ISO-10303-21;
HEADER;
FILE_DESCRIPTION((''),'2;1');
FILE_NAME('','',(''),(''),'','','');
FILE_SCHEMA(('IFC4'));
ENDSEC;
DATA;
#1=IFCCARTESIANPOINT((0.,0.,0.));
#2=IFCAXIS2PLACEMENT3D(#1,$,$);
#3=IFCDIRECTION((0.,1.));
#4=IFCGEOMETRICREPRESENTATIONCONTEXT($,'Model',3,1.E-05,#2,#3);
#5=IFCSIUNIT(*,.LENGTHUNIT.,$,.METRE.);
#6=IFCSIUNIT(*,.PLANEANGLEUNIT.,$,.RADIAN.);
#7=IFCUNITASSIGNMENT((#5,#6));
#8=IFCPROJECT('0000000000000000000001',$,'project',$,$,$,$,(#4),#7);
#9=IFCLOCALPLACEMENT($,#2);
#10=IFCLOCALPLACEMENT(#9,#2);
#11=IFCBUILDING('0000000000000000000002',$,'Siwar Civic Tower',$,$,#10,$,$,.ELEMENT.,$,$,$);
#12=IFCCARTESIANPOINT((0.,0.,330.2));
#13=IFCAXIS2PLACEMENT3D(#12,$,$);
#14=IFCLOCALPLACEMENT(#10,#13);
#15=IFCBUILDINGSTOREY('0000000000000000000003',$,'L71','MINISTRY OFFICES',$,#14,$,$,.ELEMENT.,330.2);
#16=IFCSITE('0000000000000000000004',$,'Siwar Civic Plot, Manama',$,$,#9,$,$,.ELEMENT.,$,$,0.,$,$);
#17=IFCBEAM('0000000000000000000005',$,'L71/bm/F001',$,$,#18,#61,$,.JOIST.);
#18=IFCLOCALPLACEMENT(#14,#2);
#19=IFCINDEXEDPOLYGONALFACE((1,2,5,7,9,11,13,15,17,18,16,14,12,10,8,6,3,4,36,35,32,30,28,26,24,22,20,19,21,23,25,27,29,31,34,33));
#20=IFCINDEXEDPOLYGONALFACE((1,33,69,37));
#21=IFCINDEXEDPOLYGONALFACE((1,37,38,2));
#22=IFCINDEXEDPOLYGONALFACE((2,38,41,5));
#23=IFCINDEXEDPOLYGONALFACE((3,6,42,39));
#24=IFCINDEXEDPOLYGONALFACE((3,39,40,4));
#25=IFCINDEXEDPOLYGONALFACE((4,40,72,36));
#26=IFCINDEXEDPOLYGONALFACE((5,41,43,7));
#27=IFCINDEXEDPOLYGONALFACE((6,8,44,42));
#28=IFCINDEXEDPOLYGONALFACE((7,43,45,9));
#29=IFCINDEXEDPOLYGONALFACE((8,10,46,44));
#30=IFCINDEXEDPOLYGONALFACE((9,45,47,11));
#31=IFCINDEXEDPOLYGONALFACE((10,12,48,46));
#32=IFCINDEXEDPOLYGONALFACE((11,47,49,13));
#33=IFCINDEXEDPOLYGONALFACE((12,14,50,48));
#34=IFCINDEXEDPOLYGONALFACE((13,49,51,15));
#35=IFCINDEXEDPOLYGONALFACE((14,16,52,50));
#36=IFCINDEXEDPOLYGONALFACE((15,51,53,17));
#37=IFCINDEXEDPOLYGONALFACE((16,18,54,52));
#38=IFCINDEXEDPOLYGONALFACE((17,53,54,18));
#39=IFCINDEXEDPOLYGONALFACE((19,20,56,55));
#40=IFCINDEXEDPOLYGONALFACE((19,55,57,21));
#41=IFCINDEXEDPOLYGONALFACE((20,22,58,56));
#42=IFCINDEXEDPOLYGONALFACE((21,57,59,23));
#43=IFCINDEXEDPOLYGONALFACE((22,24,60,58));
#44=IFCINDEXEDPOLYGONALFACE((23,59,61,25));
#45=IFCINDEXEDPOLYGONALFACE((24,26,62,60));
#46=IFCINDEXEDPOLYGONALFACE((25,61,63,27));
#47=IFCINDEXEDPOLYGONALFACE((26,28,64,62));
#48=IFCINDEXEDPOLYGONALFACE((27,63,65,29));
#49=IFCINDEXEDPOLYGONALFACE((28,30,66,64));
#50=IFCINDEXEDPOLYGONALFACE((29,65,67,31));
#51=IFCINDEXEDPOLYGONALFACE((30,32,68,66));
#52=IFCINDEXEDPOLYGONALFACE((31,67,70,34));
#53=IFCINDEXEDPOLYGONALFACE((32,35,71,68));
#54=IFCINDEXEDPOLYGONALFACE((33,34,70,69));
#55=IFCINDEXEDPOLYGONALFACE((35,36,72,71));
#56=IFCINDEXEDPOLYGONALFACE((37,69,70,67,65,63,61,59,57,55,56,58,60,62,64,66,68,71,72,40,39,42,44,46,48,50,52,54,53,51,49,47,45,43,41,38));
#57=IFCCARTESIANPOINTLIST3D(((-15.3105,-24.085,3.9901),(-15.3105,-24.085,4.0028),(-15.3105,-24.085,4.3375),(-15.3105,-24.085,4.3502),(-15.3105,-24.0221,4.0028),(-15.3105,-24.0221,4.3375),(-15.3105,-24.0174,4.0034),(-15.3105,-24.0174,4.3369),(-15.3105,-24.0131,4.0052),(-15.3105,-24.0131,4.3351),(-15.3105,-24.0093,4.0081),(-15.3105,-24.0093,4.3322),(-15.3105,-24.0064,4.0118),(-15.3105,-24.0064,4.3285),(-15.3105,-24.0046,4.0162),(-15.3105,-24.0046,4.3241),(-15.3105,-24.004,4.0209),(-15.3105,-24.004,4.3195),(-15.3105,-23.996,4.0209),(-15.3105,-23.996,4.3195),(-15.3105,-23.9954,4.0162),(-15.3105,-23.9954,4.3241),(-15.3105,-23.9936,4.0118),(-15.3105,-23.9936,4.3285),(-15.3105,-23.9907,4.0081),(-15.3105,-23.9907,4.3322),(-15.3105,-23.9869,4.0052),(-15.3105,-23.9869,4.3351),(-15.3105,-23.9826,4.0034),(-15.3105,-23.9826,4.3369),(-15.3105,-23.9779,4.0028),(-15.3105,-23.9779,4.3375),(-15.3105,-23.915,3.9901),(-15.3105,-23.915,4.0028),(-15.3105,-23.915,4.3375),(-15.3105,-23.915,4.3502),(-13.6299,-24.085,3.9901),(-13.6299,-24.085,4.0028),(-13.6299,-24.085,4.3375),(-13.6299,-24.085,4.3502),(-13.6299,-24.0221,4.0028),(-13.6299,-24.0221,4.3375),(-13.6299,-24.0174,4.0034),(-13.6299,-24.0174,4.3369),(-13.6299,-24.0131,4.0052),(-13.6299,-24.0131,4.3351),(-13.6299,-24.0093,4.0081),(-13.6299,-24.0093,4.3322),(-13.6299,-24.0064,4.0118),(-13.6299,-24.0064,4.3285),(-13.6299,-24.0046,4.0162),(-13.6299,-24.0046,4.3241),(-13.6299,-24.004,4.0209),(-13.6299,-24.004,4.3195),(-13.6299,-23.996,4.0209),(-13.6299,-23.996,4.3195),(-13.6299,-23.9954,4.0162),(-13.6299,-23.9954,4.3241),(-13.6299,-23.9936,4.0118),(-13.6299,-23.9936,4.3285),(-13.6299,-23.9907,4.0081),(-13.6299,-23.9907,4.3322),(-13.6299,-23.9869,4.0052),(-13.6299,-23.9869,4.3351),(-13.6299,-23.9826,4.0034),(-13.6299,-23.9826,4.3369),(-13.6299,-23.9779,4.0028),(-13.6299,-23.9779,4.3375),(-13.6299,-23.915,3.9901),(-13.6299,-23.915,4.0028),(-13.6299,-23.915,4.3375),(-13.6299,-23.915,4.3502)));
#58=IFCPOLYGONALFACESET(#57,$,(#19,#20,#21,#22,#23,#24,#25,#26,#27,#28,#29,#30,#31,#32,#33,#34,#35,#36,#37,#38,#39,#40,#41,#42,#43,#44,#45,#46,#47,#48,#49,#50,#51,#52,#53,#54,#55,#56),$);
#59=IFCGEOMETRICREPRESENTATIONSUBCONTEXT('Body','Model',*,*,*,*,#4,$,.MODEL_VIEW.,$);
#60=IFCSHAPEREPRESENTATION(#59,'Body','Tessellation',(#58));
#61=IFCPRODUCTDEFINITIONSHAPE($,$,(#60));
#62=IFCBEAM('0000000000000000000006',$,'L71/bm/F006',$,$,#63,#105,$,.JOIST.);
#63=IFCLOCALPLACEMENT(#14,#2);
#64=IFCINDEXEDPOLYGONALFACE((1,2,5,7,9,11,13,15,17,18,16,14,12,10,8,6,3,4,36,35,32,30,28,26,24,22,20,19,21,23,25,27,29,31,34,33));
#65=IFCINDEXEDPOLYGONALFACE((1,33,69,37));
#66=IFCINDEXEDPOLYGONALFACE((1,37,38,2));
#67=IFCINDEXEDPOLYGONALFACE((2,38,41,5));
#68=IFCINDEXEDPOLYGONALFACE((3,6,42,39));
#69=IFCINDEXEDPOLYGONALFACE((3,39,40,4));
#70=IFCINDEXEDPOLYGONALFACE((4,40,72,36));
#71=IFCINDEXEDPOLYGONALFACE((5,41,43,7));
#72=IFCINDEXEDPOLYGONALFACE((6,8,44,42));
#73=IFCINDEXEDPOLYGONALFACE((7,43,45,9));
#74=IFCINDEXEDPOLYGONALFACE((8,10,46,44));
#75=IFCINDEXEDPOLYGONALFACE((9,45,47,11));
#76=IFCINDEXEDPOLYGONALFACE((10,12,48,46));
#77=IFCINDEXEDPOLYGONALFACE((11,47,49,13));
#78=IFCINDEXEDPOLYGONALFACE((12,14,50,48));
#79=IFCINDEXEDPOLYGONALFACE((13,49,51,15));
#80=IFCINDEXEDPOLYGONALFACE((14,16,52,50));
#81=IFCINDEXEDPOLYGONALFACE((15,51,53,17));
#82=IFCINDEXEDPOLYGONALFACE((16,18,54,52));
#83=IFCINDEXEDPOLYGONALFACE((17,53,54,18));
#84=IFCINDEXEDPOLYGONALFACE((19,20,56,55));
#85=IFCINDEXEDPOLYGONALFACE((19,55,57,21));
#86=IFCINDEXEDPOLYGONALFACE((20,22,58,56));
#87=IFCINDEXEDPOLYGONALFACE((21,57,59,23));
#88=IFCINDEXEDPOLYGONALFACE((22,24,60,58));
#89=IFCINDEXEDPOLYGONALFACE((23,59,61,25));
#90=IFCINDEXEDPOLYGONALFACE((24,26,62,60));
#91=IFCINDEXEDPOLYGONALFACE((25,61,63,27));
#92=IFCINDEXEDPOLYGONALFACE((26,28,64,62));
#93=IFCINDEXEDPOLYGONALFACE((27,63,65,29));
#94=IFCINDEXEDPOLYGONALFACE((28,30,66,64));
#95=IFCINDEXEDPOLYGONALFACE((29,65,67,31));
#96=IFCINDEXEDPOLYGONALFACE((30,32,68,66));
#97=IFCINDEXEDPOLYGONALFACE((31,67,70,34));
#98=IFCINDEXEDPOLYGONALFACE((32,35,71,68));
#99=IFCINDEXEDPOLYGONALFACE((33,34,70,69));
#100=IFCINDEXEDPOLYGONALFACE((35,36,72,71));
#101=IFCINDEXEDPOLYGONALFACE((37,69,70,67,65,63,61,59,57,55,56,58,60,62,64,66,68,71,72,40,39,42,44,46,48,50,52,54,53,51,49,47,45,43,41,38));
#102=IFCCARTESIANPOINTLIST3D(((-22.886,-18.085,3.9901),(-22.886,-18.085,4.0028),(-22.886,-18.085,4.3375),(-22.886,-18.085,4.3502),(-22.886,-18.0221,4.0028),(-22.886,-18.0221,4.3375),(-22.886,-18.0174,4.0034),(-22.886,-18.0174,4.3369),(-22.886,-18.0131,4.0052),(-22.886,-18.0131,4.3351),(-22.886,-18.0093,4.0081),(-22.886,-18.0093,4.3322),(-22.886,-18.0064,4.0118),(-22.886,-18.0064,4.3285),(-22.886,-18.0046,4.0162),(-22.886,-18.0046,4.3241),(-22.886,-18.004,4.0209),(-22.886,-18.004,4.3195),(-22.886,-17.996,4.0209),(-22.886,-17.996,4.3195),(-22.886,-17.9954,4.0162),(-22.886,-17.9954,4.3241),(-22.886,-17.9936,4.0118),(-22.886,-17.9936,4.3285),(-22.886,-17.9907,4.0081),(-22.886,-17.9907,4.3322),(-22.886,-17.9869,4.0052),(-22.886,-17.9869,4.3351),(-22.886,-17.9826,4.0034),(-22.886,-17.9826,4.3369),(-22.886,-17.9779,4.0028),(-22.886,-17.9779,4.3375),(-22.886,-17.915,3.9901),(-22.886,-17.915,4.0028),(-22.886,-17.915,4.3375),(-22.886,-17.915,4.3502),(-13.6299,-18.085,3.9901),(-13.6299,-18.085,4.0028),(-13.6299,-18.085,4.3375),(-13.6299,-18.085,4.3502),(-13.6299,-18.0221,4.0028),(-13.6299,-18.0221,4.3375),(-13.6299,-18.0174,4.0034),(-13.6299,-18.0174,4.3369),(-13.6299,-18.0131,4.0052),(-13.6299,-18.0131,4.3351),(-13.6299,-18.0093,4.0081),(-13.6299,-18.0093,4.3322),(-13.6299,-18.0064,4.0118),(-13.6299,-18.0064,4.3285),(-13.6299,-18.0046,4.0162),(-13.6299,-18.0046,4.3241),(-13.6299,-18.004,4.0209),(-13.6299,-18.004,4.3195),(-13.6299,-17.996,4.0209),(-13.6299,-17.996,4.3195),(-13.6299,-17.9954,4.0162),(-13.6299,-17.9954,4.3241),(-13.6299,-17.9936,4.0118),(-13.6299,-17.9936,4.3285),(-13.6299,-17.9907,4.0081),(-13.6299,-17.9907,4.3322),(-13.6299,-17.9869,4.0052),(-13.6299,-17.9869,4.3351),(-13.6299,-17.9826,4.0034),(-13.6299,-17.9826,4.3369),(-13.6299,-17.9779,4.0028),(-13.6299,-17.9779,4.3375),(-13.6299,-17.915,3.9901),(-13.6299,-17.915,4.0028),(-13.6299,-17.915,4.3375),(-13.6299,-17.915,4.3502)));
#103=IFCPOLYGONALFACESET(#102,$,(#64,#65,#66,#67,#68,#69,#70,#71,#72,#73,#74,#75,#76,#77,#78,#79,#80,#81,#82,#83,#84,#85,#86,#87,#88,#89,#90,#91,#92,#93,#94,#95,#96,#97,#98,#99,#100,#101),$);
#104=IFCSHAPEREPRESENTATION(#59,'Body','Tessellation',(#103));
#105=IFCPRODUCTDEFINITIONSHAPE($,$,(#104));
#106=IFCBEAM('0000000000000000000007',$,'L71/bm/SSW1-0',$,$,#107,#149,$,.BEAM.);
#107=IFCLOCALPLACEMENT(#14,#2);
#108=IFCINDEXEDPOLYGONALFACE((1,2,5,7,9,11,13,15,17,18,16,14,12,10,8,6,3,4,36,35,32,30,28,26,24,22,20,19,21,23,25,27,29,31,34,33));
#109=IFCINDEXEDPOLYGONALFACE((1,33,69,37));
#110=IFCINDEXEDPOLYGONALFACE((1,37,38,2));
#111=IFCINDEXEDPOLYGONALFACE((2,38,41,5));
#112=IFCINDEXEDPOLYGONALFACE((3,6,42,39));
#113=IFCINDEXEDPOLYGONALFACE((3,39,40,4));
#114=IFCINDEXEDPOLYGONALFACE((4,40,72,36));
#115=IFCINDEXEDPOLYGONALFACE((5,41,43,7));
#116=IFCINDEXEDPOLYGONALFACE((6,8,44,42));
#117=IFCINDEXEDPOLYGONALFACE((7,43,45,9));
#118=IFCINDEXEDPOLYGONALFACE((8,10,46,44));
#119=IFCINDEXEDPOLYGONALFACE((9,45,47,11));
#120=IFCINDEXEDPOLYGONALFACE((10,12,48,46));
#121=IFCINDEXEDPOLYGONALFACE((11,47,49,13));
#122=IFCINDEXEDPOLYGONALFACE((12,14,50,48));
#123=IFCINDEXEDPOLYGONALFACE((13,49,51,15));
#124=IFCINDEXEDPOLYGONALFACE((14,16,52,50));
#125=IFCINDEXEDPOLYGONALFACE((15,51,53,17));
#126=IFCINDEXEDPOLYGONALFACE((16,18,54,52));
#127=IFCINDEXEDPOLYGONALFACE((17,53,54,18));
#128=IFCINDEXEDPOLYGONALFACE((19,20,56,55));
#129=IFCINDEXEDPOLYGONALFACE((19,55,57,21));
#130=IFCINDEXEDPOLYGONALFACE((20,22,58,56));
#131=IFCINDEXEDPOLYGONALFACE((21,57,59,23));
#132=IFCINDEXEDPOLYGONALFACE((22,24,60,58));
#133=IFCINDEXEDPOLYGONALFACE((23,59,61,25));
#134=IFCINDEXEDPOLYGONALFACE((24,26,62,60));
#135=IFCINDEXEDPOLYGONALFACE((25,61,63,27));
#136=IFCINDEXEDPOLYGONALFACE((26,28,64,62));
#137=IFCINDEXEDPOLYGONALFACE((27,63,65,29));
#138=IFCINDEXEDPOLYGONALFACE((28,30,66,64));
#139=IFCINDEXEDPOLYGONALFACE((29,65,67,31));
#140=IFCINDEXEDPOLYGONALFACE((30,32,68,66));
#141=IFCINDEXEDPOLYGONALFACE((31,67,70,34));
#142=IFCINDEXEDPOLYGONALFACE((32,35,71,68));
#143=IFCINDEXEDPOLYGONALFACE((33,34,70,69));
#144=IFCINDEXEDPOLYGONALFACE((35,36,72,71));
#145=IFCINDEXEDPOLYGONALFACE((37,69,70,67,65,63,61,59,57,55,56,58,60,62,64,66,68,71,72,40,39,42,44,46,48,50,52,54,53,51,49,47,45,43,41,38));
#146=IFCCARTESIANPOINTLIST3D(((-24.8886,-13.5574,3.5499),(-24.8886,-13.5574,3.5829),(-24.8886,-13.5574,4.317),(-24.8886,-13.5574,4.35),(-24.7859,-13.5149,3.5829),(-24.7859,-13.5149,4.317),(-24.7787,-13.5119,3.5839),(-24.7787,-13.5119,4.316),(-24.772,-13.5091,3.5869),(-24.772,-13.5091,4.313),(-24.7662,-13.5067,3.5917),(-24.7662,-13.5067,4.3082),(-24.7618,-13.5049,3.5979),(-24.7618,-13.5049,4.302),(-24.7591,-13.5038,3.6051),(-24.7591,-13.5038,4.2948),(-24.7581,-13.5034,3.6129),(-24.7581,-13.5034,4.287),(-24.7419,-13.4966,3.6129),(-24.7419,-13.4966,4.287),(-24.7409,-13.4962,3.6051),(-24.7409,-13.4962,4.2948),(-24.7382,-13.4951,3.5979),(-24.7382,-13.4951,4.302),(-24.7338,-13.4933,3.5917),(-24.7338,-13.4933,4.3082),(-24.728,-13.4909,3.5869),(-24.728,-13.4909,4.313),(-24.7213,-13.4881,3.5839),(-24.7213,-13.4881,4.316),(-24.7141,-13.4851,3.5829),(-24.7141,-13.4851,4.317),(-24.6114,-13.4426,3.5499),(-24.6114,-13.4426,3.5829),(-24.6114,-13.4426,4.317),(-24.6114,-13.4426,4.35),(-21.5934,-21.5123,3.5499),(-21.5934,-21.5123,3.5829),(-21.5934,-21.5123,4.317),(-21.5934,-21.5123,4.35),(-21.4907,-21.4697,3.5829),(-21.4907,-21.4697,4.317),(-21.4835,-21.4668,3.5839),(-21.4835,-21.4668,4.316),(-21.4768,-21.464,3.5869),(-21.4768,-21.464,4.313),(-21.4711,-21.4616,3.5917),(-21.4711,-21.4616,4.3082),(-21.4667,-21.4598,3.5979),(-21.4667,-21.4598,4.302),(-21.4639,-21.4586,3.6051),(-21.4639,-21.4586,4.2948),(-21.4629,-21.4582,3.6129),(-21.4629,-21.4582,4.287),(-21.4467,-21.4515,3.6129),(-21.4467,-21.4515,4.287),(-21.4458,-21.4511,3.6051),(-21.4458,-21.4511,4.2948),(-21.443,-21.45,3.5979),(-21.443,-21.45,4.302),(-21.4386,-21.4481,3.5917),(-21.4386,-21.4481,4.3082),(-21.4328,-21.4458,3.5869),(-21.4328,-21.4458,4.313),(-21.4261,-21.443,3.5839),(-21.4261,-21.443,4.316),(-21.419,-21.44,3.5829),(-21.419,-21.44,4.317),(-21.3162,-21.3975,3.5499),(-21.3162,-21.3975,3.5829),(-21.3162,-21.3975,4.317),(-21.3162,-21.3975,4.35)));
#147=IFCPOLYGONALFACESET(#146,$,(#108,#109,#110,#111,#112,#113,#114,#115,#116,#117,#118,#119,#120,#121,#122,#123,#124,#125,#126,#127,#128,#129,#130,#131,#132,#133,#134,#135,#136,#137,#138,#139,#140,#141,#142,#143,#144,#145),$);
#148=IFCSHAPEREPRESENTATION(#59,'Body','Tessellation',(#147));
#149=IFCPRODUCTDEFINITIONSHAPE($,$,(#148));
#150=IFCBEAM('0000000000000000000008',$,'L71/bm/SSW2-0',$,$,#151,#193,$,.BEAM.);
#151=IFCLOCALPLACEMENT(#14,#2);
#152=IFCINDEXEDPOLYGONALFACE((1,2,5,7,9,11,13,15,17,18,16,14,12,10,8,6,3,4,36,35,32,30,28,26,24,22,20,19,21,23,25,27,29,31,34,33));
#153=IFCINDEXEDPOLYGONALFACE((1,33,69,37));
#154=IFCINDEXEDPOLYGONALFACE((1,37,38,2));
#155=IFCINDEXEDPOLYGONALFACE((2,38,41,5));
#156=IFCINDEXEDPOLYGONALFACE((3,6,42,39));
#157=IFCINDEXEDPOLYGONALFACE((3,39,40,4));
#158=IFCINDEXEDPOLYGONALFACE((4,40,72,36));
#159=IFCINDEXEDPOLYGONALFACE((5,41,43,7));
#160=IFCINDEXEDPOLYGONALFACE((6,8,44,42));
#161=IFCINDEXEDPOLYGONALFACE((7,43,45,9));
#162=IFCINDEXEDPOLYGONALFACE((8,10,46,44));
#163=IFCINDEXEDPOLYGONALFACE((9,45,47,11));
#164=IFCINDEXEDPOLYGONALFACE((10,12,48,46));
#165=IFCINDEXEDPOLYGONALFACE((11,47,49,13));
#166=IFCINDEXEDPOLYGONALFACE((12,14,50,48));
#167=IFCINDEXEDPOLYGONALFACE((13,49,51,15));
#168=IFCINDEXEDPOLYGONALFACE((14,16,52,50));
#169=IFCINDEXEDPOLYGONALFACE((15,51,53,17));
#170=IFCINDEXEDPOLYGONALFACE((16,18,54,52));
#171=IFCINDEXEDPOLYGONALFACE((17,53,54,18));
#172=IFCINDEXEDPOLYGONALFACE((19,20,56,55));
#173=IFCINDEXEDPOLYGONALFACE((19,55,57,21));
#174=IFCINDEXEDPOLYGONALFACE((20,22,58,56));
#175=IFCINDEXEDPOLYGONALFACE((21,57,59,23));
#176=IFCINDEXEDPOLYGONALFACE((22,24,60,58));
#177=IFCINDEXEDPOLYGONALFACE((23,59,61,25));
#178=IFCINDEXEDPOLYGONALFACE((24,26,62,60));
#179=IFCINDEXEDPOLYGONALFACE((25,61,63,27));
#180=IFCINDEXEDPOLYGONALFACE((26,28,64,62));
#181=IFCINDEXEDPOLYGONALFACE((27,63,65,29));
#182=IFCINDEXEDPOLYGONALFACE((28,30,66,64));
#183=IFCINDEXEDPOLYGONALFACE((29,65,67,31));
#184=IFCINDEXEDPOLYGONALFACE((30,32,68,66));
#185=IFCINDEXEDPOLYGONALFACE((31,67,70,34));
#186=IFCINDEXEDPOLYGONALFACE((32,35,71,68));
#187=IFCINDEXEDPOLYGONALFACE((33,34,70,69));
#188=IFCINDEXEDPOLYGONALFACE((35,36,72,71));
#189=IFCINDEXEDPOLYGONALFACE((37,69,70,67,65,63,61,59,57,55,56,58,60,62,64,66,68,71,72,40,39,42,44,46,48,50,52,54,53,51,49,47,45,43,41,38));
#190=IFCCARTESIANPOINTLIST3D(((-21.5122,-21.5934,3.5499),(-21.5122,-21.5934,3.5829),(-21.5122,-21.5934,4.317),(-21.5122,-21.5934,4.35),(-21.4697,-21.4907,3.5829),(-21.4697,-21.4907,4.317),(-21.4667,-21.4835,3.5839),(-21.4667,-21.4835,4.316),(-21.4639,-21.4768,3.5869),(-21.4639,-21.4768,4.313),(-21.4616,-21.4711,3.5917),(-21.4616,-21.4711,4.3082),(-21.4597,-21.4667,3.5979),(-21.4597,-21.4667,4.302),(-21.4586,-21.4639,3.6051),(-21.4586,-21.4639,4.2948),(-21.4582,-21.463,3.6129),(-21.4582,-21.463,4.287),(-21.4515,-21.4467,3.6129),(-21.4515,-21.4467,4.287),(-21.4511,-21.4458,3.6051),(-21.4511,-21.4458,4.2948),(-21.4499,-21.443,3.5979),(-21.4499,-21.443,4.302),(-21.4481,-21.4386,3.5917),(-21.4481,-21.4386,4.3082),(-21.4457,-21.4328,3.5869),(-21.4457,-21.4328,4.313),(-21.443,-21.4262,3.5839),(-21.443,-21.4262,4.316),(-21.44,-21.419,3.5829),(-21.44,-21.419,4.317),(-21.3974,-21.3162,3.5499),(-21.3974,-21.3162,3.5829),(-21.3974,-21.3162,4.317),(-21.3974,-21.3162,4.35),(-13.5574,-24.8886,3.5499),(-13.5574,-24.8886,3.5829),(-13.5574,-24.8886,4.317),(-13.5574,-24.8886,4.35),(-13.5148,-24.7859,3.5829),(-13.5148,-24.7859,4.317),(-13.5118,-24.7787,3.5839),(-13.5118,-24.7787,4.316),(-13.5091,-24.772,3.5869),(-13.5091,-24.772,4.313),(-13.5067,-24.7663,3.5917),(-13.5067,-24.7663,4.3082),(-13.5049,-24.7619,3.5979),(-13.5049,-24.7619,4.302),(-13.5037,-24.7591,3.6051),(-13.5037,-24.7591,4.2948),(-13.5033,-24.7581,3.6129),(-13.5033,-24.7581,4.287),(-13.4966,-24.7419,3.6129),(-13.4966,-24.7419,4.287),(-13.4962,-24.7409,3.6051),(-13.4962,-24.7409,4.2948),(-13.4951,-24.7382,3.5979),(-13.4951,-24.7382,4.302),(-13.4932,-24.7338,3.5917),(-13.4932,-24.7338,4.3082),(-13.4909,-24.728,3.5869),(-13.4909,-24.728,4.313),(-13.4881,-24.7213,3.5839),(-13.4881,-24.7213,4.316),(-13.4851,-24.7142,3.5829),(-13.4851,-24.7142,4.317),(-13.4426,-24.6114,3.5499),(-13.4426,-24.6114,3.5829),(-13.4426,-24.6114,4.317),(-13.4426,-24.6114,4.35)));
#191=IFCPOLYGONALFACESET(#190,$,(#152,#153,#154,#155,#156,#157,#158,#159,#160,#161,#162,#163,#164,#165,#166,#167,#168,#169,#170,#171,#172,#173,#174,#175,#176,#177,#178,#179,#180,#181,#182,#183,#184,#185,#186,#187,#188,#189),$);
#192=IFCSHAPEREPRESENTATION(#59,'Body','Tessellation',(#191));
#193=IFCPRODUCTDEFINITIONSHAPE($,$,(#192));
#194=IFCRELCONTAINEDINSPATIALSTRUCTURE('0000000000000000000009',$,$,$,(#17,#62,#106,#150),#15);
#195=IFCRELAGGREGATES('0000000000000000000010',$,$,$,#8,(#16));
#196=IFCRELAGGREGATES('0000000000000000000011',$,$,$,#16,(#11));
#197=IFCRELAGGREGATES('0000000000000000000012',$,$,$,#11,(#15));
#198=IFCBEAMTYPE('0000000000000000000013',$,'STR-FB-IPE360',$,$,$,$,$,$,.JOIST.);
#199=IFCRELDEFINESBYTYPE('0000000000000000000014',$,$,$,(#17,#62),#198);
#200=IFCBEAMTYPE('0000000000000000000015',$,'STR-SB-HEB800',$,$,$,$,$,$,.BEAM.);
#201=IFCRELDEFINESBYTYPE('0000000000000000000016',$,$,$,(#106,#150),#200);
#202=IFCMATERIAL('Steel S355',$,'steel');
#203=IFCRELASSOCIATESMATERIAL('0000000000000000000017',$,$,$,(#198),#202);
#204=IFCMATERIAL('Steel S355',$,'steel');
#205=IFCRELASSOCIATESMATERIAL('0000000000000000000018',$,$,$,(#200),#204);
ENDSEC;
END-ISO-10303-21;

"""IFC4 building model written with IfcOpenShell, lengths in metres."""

from ifc_helpers import new_model, si_unit, direction, frame, origin, origin_2d, place, context, subcontext, project, spatial, i_section, extrude, material, material_profile, profile_set, type_object, element, save


model = new_model("IFC4")

# Units and contexts
model_context = context("Model", 3, precision=1e-05, world=origin(), true_north=direction((0.0, 1.0)))
body_context = subcontext(model_context, "Body", "Model", "MODEL_VIEW")
ifc_project = project(units=[si_unit("LENGTHUNIT", "METRE"), si_unit("PLANEANGLEUNIT", "RADIAN")], contexts=[model_context])

# Site, building, storey
site_placement = place(None, origin())
site = spatial("IfcSite", under=ifc_project, at=site_placement, Name="Siwar Civic Plot, Manama", CompositionType="ELEMENT", RefElevation=0.0)
building_placement = place(site_placement, origin())
building = spatial("IfcBuilding", under=site, at=building_placement, Name="Siwar Civic Tower", CompositionType="ELEMENT")
storey_placement = place(building_placement, frame((0.0, 0.0, 330.2)))
storey = spatial("IfcBuildingStorey", under=building, at=storey_placement, Name="L71", Description="MINISTRY OFFICES", CompositionType="ELEMENT", Elevation=330.2)

# Beams
ifc_material_1 = material(Name="Steel S355", Category="steel")
ifc_material_profile_1 = material_profile(ifc_material_1, i_section(OverallWidth=0.1699, OverallDepth=0.3601, WebThickness=0.0081, FlangeThickness=0.0127, FilletRadius=0.0181, at=origin_2d()), Name="IPE360")
ifc_profile_set_1 = profile_set([ifc_material_profile_1], Name="Steel S355")
beam_type_1 = type_object("IfcBeamType", Name="STR-FB-IPE360", PredefinedType="JOIST", material=ifc_profile_set_1)
beam_1_placement = place(storey_placement, frame((-15.3105, -24.0, 4.1702), z_axis=(1.0, 0.0, 0.0), x_axis=(0.0, 1.0, 0.0)))
element("IfcBeam", 1, at=beam_1_placement, inside=storey, type_object=beam_type_1, Name="L71/bm/F001", PredefinedType="JOIST", context=body_context, shape_type="SweptSolid", body=[
    extrude(i_section(OverallWidth=0.1699, OverallDepth=0.3601, WebThickness=0.0081, FlangeThickness=0.0127, FilletRadius=0.0181, at=origin_2d()), origin(), (0.0, 0.0, 1.0), 1.6807),
])
beam_2_placement = place(storey_placement, frame((-22.886, -18.0, 4.1702), z_axis=(1.0, 0.0, 0.0), x_axis=(0.0, 1.0, 0.0)))
element("IfcBeam", 2, at=beam_2_placement, inside=storey, type_object=beam_type_1, Name="L71/bm/F006", PredefinedType="JOIST", context=body_context, shape_type="SweptSolid", body=[
    extrude(i_section(OverallWidth=0.1699, OverallDepth=0.3601, WebThickness=0.0081, FlangeThickness=0.0127, FilletRadius=0.0181, at=origin_2d()), origin(), (0.0, 0.0, 1.0), 9.2561),
])
ifc_material_2 = material(Name="Steel S355", Category="steel")
ifc_material_profile_2 = material_profile(ifc_material_2, i_section(OverallWidth=0.3, OverallDepth=0.8, WebThickness=0.0176, FlangeThickness=0.033, FilletRadius=0.03, at=origin_2d()), Name="HEB800")
ifc_profile_set_2 = profile_set([ifc_material_profile_2], Name="Steel S355")
beam_type_2 = type_object("IfcBeamType", Name="STR-SB-HEB800", PredefinedType="BEAM", material=ifc_profile_set_2)
for number, where, z_axis, x_axis, name in (
    (3, (-24.75, -13.5, 3.95), (0.3827, -0.923873, 0.0), (0.923873, 0.3827, 0.0), "L71/bm/SSW1-0"),
    (4, (-21.4548, -21.4548, 3.95), (0.923873, -0.3827, 0.0), (0.3827, 0.923873, 0.0), "L71/bm/SSW2-0"),
):
    element("IfcBeam", number, at=place(storey_placement, frame(where, z_axis=z_axis, x_axis=x_axis)), inside=storey, type_object=beam_type_2, Name=name, PredefinedType="BEAM", context=body_context, shape_type="SweptSolid", body=[
        extrude(i_section(OverallWidth=0.3, OverallDepth=0.8, WebThickness=0.0176, FlangeThickness=0.033, FilletRadius=0.03, at=origin_2d()), origin(), (0.0, 0.0, 1.0), 8.6104),
    ])

save(model, "model.ifc")
